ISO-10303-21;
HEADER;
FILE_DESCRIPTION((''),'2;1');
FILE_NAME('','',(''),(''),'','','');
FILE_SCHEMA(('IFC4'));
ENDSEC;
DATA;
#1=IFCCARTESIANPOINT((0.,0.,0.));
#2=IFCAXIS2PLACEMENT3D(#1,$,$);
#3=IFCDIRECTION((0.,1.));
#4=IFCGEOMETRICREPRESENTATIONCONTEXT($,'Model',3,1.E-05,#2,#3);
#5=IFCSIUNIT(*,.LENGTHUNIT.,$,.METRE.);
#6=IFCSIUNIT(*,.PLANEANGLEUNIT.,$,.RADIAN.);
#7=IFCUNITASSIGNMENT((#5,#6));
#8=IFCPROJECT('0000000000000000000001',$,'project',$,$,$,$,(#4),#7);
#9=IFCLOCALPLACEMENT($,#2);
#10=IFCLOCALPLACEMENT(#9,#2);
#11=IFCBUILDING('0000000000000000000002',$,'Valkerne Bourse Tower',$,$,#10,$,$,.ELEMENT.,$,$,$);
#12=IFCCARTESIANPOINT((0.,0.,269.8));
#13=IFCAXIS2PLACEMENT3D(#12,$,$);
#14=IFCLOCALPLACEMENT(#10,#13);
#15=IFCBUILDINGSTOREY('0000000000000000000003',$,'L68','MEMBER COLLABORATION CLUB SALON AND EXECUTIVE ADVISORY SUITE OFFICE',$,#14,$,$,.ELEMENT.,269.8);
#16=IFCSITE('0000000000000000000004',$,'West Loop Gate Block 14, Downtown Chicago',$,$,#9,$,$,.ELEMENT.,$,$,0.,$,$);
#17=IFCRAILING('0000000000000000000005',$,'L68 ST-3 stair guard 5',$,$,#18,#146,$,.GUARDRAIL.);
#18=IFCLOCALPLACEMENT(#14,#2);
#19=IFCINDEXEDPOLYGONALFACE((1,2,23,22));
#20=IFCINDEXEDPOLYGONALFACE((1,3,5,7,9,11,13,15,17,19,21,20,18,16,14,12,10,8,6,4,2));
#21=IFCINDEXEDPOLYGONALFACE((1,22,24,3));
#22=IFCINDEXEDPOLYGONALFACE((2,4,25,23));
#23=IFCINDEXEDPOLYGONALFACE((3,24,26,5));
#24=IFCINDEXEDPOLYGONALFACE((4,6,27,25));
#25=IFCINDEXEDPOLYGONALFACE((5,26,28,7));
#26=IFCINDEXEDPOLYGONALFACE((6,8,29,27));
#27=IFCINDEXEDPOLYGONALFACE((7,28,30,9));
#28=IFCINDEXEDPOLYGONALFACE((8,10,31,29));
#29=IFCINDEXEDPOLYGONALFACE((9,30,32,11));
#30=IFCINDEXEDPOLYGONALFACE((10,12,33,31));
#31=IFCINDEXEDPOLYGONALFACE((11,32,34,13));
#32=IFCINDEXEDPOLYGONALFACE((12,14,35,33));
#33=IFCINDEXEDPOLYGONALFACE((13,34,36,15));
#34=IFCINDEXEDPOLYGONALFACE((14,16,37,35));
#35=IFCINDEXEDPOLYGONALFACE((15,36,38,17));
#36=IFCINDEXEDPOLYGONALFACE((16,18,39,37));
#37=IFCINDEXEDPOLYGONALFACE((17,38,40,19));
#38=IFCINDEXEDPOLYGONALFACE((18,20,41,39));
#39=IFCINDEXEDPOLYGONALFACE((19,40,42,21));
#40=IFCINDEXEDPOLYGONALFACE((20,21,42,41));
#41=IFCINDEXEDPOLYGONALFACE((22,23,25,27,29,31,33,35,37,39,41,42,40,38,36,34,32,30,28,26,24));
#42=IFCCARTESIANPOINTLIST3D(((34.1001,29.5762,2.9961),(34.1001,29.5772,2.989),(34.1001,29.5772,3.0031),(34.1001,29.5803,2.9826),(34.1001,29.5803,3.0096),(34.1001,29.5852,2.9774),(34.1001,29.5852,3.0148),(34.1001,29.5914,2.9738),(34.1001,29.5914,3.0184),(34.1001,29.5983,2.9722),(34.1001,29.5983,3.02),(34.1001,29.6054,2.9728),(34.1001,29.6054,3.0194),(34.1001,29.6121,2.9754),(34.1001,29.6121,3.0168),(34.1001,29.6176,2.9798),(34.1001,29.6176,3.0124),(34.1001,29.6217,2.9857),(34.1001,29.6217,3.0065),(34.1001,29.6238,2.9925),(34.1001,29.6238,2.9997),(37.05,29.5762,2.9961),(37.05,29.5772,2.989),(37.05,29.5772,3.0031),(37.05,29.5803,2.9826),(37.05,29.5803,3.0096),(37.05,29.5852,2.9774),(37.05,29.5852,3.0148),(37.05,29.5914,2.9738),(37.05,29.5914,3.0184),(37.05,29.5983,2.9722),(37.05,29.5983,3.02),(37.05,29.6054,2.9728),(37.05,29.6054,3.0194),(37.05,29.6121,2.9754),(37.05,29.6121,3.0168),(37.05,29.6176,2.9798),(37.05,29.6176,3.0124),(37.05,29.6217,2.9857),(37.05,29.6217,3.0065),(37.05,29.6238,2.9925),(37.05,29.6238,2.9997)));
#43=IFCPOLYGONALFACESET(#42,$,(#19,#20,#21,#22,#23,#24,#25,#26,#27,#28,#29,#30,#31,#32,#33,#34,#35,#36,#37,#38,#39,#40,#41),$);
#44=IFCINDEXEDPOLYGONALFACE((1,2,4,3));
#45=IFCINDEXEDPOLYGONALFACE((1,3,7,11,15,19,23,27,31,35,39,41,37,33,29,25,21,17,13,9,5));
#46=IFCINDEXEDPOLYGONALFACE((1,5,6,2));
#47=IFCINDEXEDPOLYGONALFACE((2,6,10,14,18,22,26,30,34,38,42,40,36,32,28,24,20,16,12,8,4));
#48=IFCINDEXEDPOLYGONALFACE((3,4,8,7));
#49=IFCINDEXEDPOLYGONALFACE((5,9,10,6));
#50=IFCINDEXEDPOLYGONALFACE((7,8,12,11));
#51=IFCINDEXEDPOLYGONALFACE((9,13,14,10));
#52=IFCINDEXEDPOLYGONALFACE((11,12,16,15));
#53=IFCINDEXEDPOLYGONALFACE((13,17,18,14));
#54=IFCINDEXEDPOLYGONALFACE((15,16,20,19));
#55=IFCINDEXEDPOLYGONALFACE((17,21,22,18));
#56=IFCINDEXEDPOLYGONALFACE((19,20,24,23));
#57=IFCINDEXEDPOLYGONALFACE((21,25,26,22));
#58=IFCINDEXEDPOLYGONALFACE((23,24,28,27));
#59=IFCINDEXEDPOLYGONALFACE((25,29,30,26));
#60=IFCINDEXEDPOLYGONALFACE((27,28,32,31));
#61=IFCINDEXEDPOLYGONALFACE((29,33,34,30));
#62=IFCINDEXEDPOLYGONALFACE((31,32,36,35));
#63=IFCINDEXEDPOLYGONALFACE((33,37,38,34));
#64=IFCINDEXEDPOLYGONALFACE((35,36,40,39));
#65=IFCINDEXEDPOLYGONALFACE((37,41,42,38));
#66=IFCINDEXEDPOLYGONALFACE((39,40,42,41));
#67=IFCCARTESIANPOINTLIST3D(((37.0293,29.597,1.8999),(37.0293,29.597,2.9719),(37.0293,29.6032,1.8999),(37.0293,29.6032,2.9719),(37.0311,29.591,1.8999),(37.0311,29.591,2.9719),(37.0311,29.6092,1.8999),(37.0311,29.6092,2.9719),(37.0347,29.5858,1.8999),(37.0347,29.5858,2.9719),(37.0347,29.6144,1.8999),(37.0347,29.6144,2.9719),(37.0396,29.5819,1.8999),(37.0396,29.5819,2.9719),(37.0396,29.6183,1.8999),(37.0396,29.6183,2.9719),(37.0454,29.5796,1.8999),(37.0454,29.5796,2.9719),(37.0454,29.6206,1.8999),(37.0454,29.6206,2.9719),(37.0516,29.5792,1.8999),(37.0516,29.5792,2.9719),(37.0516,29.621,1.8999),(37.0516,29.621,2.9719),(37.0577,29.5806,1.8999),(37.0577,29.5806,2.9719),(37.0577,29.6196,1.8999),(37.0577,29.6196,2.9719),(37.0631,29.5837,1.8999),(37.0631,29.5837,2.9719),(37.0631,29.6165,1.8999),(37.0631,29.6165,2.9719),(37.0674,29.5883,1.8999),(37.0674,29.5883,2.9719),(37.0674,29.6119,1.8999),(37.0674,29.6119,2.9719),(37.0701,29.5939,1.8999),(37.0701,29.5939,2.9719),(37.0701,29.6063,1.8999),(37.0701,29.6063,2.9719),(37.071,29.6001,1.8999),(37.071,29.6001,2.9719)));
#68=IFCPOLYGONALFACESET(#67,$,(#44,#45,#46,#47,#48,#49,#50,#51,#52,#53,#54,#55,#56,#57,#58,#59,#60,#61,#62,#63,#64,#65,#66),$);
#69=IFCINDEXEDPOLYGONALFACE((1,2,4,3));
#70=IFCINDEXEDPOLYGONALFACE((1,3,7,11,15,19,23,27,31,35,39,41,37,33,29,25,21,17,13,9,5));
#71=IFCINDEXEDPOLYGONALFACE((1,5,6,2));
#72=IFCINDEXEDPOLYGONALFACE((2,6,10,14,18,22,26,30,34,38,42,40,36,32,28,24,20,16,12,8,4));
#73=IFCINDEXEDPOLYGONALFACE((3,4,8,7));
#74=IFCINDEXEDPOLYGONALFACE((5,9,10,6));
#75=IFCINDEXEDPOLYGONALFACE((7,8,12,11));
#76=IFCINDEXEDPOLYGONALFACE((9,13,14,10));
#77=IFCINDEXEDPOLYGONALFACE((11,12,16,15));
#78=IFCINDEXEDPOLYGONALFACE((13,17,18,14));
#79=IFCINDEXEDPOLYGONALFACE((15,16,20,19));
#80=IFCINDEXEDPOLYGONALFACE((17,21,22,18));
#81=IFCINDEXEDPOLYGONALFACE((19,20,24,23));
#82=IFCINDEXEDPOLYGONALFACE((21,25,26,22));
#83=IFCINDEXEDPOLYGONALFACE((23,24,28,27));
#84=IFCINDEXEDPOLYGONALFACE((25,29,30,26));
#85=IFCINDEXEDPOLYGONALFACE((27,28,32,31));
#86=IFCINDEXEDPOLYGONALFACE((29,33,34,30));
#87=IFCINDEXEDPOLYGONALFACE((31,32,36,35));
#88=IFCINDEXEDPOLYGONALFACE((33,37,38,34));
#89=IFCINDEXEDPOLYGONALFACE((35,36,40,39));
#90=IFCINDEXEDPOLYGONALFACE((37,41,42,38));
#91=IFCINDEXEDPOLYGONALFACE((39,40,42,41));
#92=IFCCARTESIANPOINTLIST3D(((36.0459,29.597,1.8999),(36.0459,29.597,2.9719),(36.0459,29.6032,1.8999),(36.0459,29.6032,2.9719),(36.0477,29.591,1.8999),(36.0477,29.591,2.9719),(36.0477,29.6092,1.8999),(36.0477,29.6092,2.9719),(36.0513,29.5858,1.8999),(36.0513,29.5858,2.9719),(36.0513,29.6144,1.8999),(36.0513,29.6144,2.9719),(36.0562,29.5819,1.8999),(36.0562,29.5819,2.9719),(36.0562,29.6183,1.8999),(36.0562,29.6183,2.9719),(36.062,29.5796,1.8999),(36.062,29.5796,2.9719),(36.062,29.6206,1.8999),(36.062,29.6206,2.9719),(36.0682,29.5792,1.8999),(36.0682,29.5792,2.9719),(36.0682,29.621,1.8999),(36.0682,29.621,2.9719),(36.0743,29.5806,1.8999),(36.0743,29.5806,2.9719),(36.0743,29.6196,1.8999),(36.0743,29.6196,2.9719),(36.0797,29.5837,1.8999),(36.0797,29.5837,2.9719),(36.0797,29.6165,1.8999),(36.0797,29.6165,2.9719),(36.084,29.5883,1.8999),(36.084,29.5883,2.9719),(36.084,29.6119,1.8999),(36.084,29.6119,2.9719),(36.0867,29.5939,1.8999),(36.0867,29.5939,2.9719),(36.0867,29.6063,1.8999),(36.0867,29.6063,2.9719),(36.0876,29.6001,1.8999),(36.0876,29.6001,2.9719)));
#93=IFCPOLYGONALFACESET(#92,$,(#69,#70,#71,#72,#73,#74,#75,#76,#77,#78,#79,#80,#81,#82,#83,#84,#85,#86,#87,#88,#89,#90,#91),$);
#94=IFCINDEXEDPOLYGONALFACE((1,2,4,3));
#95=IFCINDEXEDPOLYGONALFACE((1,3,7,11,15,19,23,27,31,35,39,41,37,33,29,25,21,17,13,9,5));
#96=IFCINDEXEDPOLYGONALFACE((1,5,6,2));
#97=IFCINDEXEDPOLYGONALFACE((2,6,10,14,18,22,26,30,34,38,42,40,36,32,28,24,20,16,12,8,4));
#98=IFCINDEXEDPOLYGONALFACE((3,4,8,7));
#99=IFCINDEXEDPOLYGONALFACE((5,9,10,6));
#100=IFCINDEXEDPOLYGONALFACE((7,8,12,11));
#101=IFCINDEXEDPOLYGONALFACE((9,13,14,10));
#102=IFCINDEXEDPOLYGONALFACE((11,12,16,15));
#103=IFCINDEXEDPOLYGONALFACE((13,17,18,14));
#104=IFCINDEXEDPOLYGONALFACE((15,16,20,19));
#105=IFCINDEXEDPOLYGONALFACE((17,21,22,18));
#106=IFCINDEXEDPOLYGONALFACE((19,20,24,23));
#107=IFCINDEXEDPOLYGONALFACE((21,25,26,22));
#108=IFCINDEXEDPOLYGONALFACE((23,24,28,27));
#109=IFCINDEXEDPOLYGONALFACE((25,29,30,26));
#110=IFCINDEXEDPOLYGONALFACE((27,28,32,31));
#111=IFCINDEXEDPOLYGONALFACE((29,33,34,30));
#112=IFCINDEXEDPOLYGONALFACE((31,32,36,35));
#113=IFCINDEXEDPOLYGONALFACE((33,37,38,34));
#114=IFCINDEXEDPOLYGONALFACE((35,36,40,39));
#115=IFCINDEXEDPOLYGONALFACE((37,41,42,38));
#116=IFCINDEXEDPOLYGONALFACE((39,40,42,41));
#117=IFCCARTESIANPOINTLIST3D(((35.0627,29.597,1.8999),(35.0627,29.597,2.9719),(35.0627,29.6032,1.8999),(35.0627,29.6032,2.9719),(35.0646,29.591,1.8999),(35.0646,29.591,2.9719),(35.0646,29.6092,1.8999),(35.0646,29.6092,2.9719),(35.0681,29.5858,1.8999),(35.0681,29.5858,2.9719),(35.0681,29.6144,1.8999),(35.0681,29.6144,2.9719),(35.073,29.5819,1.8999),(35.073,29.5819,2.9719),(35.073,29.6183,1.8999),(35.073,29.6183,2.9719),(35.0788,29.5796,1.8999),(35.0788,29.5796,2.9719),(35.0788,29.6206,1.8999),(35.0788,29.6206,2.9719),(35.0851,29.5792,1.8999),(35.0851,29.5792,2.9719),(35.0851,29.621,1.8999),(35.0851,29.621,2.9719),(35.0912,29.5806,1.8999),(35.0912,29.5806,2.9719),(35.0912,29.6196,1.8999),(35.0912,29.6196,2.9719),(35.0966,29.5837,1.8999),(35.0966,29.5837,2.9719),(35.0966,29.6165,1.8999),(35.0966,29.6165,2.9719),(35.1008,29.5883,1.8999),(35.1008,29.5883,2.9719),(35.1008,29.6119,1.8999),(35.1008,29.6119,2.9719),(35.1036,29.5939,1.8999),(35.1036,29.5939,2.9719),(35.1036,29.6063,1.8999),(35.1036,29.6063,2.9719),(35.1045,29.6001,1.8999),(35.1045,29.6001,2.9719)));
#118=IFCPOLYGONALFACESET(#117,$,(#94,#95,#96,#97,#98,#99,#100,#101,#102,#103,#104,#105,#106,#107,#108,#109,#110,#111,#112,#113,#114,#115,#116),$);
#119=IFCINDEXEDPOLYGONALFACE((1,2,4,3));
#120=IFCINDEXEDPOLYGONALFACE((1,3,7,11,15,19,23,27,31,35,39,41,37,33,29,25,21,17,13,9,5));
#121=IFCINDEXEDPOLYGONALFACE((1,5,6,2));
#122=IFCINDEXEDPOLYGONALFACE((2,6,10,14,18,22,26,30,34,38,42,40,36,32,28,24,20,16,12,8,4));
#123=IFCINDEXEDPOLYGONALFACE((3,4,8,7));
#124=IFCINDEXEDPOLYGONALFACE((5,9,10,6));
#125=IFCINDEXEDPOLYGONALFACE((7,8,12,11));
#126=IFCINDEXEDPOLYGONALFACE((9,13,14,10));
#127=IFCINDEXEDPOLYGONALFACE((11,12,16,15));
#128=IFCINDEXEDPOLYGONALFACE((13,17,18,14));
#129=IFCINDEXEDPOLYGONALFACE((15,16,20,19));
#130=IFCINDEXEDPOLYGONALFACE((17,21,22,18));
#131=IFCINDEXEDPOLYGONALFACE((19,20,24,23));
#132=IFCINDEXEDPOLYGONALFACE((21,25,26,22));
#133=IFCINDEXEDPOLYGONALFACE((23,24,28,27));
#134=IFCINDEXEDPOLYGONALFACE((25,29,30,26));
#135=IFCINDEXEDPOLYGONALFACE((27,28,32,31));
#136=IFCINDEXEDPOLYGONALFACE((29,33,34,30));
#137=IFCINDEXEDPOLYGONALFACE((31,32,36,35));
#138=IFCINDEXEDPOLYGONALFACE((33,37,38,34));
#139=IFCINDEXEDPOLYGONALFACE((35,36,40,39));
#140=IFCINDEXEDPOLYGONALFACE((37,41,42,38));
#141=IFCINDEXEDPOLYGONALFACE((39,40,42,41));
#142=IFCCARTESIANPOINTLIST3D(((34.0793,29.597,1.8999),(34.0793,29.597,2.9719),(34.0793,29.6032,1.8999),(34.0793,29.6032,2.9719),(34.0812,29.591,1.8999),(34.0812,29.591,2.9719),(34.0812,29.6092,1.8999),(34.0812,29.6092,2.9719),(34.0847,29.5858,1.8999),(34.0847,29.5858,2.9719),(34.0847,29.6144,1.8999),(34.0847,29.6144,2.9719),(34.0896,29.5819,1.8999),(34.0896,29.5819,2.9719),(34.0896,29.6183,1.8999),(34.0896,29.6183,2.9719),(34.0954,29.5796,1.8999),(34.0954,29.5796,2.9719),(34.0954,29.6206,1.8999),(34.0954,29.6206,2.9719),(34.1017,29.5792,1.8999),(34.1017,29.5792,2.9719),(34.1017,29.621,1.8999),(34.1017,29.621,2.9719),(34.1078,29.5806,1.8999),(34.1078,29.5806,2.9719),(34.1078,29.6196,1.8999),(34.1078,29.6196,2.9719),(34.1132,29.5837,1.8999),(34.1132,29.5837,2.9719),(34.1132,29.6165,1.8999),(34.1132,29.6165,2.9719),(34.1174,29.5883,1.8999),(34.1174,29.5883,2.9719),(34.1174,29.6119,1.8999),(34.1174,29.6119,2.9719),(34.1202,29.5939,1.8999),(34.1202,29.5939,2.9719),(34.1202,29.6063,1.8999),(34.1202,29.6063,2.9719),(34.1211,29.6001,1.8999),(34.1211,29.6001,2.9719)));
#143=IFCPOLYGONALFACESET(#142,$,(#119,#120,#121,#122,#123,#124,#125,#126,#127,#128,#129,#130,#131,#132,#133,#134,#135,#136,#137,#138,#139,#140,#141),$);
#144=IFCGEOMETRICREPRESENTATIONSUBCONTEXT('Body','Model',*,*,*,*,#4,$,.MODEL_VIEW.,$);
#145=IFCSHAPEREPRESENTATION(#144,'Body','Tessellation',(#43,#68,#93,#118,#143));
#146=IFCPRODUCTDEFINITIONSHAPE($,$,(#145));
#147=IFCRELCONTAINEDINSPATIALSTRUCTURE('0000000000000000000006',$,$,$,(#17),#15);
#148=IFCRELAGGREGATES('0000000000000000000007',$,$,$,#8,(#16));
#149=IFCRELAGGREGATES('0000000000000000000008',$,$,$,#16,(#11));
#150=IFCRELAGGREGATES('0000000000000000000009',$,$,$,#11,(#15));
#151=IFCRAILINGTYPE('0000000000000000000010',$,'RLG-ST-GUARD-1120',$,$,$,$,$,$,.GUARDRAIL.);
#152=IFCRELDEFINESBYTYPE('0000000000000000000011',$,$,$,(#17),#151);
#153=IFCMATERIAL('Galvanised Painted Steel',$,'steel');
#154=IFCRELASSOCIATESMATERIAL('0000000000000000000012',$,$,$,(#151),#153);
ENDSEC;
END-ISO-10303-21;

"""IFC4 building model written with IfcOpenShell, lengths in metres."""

from ifc_helpers import new_model, si_unit, direction, frame, origin, origin_2d, place, context, subcontext, project, spatial, circle, extrude, material, type_object, element, save


model = new_model("IFC4")

# Units and contexts
model_context = context("Model", 3, precision=1e-05, world=origin(), true_north=direction((0.0, 1.0)))
body_context = subcontext(model_context, "Body", "Model", "MODEL_VIEW")
ifc_project = project(units=[si_unit("LENGTHUNIT", "METRE"), si_unit("PLANEANGLEUNIT", "RADIAN")], contexts=[model_context])

# Site, building, storey
site_placement = place(None, origin())
site = spatial("IfcSite", under=ifc_project, at=site_placement, Name="West Loop Gate Block 14, Downtown Chicago", CompositionType="ELEMENT", RefElevation=0.0)
building_placement = place(site_placement, origin())
building = spatial("IfcBuilding", under=site, at=building_placement, Name="Valkerne Bourse Tower", CompositionType="ELEMENT")
storey_placement = place(building_placement, frame((0.0, 0.0, 269.8)))
storey = spatial("IfcBuildingStorey", under=building, at=storey_placement, Name="L68", Description="MEMBER COLLABORATION CLUB SALON AND EXECUTIVE ADVISORY SUITE OFFICE", CompositionType="ELEMENT", Elevation=269.8)

# Railing
ifc_material_1 = material(Name="Galvanised Painted Steel", Category="steel")
railing_type_1 = type_object("IfcRailingType", Name="RLG-ST-GUARD-1120", PredefinedType="GUARDRAIL", material=ifc_material_1)
railing_1_placement = place(storey_placement, frame((37.05, 29.6001, 1.8999)))
element("IfcRailing", 1, at=railing_1_placement, inside=storey, type_object=railing_type_1, Name="L68 ST-3 stair guard 5", PredefinedType="GUARDRAIL", context=body_context, shape_type="SweptSolid", body=[
    extrude(circle(Radius=0.0239, at=origin_2d()), frame((0.0, 0.0, 1.0962), z_axis=(-1.0, 0.0, 0.0), x_axis=(0.0, -1.0, 0.0)), (0.0, 0.0, 1.0), 2.95),
    extrude(circle(Radius=0.021, at=origin_2d()), origin(), (0.0, 0.0, 1.0), 1.072),
    extrude(circle(Radius=0.021, at=origin_2d()), frame((-0.9834, 0.0, 0.0)), (0.0, 0.0, 1.0), 1.072),
    extrude(circle(Radius=0.021, at=origin_2d()), frame((-1.9666, 0.0, 0.0)), (0.0, 0.0, 1.0), 1.072),
    extrude(circle(Radius=0.021, at=origin_2d()), frame((-2.95, 0.0, 0.0)), (0.0, 0.0, 1.0), 1.072),
])

save(model, "model.ifc")
